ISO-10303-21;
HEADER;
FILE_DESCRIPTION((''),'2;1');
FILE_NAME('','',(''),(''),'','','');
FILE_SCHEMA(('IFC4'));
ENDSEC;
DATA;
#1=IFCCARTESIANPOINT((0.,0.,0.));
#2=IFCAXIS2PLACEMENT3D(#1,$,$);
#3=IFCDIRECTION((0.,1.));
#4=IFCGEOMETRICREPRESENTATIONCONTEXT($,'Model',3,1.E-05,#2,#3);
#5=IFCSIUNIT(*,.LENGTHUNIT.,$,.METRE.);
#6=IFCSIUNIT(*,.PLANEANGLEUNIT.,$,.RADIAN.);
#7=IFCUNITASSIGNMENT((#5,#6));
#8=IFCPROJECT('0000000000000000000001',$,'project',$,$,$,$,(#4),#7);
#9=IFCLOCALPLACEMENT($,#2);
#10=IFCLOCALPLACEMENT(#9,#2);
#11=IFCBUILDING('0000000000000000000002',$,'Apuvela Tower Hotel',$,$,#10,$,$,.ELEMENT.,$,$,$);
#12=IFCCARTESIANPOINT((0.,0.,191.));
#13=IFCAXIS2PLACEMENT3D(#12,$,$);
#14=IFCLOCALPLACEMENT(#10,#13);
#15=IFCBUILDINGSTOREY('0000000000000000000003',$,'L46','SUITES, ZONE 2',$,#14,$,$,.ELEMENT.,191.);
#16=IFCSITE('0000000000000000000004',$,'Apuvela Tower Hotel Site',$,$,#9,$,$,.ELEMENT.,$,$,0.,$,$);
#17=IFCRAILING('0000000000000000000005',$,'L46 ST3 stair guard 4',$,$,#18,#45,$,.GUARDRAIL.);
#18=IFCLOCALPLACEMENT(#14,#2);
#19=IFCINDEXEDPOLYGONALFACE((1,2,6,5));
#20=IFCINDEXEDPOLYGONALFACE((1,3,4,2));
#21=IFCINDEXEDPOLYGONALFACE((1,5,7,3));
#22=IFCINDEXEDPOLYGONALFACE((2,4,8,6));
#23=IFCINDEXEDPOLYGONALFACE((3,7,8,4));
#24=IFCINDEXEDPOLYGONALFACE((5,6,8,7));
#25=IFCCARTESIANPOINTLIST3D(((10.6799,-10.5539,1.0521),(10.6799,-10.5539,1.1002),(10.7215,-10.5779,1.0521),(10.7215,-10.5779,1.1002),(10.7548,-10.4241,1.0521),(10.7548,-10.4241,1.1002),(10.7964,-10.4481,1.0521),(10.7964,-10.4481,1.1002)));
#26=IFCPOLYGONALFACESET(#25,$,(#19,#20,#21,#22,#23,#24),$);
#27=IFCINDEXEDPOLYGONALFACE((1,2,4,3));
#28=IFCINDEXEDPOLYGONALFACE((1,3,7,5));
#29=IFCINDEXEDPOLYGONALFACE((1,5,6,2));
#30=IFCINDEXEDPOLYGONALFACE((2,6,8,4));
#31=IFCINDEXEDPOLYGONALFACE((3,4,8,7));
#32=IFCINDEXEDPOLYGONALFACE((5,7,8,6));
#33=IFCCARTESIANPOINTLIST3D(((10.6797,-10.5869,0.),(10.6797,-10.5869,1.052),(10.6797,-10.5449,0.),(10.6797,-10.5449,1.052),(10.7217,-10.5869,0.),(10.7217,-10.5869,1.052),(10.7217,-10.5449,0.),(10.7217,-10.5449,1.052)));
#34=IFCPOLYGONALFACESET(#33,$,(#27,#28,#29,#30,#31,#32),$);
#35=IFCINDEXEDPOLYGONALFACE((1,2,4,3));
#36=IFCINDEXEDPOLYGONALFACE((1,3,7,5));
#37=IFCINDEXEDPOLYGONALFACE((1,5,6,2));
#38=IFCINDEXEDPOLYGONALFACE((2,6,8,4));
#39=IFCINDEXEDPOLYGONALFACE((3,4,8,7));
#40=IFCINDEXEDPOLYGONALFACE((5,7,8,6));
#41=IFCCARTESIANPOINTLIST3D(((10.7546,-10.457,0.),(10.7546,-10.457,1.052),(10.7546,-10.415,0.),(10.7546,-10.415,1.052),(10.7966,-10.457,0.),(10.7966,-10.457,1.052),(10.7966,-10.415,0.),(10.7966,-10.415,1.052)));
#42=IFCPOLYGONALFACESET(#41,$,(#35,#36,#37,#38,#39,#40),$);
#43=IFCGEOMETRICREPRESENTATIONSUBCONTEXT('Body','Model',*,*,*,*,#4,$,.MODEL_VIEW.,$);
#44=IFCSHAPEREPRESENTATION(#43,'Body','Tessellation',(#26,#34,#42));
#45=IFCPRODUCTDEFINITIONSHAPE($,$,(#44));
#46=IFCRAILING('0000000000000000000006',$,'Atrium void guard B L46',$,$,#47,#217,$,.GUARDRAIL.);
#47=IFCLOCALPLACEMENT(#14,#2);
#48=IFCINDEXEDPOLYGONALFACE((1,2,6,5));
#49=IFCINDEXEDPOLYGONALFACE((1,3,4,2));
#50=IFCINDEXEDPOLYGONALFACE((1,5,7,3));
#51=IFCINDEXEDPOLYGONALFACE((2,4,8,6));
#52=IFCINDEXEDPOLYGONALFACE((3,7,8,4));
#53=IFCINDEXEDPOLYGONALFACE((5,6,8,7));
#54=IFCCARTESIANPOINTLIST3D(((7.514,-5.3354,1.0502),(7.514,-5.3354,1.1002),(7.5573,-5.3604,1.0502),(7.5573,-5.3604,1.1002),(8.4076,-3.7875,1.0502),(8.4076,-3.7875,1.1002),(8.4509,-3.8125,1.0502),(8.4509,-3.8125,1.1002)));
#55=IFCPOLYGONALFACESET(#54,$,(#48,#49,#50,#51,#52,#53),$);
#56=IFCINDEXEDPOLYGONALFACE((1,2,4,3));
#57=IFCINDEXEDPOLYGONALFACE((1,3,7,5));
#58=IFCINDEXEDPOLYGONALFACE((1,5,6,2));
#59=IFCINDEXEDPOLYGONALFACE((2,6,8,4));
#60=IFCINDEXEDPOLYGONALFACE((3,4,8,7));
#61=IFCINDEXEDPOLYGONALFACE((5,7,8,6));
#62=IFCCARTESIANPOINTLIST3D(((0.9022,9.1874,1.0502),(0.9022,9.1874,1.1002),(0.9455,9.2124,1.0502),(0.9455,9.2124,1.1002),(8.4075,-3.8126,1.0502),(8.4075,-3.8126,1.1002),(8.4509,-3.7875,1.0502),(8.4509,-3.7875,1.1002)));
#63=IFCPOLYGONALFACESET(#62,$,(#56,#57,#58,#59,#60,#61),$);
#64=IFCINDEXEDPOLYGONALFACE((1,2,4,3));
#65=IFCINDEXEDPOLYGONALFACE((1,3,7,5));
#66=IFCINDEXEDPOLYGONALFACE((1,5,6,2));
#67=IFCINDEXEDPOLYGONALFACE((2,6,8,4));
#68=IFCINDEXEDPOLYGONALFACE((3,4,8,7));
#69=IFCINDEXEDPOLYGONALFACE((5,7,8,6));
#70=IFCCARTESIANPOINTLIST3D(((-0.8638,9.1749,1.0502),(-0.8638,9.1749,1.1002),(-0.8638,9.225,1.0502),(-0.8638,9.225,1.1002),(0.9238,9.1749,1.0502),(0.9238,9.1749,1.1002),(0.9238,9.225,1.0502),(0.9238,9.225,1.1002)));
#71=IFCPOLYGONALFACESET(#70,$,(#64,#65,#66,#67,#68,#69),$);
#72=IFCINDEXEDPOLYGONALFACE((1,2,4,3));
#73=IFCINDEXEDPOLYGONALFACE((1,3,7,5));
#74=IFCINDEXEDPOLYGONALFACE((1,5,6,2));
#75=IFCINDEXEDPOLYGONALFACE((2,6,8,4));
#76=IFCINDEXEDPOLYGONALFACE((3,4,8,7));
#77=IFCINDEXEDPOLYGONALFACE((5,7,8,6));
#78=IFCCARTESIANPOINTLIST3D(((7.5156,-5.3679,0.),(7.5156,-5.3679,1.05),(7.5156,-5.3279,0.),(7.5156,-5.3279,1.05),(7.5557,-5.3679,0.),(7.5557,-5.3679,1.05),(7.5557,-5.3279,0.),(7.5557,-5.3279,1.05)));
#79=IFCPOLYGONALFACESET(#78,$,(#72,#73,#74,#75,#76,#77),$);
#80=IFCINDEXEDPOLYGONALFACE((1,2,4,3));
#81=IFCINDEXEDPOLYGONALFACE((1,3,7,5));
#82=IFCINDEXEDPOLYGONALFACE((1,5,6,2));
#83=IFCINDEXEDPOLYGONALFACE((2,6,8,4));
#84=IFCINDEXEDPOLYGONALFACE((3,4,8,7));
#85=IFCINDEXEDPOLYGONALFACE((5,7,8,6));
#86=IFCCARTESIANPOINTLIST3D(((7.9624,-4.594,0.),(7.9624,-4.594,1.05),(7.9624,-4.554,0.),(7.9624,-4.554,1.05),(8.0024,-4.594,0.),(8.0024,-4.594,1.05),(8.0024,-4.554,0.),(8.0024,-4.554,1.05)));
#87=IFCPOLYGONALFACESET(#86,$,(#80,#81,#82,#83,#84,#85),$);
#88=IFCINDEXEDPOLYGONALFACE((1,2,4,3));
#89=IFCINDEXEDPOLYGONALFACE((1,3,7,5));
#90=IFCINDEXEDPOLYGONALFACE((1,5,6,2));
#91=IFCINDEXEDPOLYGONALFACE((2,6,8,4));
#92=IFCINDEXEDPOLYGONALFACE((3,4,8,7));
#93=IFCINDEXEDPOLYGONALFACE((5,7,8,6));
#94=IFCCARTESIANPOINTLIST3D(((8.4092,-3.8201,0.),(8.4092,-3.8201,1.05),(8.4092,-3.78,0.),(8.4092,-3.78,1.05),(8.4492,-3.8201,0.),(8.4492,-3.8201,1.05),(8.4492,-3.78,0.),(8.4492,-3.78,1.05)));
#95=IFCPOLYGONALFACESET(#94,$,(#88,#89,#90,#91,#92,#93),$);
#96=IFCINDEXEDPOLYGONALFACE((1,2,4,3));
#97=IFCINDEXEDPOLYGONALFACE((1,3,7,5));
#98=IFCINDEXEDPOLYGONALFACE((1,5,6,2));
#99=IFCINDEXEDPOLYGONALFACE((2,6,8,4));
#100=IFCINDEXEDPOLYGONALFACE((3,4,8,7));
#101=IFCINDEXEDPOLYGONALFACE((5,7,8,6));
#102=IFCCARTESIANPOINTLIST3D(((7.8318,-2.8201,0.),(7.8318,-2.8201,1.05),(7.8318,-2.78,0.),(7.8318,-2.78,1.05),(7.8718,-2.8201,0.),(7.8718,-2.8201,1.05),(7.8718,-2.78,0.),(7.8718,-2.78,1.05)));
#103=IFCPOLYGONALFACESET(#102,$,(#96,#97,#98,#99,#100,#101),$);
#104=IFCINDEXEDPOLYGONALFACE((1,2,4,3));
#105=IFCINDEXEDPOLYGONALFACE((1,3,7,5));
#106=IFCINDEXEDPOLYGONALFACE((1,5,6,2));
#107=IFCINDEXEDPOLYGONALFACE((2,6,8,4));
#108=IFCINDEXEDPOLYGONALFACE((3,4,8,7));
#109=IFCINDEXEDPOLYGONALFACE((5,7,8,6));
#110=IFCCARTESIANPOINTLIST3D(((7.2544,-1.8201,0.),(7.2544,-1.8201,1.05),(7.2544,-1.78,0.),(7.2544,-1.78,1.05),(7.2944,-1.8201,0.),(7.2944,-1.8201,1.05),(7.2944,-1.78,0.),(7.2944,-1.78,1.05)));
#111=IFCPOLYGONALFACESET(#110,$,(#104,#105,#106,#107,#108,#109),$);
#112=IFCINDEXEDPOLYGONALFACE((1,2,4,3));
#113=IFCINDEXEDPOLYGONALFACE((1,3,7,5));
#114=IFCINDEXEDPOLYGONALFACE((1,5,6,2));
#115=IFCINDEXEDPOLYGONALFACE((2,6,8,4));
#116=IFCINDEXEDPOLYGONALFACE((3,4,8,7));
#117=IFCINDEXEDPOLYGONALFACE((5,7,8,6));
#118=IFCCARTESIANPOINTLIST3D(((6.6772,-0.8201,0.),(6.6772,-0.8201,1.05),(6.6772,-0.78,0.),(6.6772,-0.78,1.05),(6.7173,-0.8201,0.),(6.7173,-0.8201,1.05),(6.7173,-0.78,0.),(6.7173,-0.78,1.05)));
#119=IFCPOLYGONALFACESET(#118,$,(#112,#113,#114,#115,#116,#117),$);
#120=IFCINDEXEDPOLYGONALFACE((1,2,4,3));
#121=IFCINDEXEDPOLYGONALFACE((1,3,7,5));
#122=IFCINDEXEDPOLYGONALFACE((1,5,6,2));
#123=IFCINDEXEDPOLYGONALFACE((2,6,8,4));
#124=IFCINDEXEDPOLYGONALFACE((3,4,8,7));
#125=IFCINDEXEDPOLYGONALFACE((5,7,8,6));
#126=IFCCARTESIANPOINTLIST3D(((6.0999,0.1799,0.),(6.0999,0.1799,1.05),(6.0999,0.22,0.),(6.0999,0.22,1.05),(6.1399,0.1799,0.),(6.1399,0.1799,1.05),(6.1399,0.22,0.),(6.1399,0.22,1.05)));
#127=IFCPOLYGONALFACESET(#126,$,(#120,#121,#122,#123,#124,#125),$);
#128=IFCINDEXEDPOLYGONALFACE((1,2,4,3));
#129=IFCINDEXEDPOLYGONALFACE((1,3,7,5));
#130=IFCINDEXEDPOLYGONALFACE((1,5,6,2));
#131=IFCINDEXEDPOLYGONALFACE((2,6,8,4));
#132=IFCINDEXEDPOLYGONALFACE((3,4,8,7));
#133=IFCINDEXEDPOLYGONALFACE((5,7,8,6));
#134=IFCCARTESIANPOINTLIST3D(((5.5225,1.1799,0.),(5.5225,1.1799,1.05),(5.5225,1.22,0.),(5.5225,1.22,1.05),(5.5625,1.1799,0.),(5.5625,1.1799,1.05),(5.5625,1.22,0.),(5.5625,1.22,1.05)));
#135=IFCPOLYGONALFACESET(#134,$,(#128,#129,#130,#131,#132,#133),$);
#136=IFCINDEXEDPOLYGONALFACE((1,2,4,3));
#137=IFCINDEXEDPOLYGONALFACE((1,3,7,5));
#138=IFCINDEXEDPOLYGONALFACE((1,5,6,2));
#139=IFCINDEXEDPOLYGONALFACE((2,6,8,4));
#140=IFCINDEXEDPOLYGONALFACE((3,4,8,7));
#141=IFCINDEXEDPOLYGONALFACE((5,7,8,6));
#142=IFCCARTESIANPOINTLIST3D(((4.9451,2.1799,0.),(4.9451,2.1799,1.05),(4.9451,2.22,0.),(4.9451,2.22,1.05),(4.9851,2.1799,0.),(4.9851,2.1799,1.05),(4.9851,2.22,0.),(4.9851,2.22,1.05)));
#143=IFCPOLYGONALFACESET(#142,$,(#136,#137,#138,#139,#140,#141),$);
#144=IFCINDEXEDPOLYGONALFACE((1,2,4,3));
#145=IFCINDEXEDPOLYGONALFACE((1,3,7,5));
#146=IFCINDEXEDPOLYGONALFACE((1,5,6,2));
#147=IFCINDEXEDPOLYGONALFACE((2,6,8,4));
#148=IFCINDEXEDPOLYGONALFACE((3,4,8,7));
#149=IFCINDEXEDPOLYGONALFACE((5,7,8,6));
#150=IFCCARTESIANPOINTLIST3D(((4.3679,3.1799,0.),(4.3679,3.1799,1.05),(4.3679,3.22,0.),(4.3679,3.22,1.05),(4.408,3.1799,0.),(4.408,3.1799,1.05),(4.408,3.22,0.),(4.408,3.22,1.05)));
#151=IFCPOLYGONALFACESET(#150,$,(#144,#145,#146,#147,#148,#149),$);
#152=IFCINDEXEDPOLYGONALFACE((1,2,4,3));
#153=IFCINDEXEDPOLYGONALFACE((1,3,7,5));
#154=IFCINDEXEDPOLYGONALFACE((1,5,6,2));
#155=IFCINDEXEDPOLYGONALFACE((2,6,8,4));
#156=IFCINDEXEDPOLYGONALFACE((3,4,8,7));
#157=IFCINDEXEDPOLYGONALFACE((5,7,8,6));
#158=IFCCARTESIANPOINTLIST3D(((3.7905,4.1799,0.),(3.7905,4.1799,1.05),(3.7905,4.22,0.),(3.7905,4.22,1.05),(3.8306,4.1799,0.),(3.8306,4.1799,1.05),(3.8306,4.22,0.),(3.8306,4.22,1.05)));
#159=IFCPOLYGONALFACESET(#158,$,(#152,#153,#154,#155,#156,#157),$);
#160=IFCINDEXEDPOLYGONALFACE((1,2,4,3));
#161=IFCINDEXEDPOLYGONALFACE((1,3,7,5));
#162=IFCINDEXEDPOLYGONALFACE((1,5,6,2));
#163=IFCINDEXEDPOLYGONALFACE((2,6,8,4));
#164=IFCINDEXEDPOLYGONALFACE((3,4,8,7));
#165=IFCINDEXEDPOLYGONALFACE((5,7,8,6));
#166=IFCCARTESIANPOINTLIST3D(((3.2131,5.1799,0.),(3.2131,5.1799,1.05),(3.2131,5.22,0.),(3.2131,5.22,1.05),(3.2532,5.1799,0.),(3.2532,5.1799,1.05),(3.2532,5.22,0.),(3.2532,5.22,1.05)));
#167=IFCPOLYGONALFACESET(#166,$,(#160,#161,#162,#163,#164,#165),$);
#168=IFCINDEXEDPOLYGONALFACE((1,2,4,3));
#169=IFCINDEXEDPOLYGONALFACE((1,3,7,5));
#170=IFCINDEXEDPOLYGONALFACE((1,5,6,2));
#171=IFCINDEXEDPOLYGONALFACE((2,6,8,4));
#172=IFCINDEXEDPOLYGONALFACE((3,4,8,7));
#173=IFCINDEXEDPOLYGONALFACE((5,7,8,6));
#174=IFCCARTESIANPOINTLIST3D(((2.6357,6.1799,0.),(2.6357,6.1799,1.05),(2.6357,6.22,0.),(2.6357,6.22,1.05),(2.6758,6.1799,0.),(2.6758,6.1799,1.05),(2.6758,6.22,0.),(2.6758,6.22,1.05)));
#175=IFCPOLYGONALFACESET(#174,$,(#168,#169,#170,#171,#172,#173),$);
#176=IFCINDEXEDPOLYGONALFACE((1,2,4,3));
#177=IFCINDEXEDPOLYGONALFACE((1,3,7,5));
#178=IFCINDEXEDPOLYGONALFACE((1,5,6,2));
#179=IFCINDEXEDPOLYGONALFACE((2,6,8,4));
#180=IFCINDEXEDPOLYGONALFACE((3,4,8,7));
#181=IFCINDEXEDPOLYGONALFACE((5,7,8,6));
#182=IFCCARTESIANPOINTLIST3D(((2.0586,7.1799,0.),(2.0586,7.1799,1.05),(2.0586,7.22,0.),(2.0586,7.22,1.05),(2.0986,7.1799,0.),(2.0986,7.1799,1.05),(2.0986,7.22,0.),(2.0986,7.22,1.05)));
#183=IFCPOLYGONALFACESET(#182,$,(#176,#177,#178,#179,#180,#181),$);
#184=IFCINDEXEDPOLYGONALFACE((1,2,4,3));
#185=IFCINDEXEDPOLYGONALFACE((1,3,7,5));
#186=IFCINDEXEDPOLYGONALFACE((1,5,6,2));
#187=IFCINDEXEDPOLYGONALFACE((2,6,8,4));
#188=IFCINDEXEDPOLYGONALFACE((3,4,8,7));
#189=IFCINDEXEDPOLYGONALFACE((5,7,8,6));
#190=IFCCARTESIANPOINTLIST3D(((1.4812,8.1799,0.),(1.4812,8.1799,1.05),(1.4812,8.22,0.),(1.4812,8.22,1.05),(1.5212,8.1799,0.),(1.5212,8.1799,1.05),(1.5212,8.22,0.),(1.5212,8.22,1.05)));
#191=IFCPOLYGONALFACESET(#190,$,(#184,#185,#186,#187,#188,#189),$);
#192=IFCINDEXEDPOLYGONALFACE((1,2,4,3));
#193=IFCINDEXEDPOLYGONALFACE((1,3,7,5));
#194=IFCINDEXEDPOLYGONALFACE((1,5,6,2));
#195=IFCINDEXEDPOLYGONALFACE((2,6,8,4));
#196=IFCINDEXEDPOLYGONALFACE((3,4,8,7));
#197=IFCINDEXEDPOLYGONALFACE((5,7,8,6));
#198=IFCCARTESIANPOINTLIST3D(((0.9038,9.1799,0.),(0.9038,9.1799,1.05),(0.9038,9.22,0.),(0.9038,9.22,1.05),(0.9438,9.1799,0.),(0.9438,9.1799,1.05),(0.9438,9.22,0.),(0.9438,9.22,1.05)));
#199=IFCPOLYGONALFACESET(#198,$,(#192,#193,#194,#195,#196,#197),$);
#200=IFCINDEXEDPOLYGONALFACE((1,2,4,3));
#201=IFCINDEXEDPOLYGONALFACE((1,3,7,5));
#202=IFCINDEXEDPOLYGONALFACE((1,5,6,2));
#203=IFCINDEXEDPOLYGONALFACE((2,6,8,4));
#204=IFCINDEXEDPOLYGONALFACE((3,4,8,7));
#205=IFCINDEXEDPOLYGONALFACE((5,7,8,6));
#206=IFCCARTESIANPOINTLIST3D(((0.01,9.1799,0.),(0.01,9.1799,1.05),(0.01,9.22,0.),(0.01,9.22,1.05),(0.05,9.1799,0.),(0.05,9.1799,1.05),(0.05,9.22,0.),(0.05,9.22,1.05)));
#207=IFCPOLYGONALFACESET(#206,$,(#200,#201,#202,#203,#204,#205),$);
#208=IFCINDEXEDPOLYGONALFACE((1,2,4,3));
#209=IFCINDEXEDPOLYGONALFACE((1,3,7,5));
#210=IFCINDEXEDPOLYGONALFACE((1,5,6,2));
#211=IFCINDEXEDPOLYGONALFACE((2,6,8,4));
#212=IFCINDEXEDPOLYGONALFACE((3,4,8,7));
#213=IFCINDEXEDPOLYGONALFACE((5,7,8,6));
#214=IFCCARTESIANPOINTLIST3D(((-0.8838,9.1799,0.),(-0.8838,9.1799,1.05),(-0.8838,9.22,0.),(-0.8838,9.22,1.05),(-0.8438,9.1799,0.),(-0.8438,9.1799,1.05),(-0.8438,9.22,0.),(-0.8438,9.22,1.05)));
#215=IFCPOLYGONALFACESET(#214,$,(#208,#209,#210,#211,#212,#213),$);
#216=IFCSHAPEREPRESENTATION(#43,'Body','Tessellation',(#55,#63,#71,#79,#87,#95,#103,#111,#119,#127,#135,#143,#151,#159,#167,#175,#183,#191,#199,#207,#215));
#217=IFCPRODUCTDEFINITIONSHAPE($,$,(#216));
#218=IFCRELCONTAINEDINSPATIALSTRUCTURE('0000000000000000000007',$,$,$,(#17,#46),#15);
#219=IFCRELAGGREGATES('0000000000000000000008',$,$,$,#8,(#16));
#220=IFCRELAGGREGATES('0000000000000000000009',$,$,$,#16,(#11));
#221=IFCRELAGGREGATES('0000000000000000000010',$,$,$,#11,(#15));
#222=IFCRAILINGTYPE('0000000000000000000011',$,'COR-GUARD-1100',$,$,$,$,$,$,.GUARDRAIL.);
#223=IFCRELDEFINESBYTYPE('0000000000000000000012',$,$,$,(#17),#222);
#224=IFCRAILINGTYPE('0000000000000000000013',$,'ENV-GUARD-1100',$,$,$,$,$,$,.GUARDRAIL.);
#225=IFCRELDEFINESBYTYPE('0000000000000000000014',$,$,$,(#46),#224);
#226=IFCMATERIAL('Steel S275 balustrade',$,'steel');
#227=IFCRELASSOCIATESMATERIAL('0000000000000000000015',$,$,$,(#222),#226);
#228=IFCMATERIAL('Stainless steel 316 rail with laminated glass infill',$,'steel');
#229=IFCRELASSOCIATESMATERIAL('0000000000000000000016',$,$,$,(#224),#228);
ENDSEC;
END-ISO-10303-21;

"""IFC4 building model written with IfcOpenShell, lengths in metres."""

from ifc_helpers import new_model, si_unit, direction, frame, origin, origin_2d, place, context, subcontext, project, spatial, rectangle, extrude, material, type_object, element, save


model = new_model("IFC4")

# Units and contexts
model_context = context("Model", 3, precision=1e-05, world=origin(), true_north=direction((0.0, 1.0)))
body_context = subcontext(model_context, "Body", "Model", "MODEL_VIEW")
ifc_project = project(units=[si_unit("LENGTHUNIT", "METRE"), si_unit("PLANEANGLEUNIT", "RADIAN")], contexts=[model_context])

# Site, building, storey
site_placement = place(None, origin())
site = spatial("IfcSite", under=ifc_project, at=site_placement, Name="Apuvela Tower Hotel Site", CompositionType="ELEMENT", RefElevation=0.0)
building_placement = place(site_placement, origin())
building = spatial("IfcBuilding", under=site, at=building_placement, Name="Apuvela Tower Hotel", CompositionType="ELEMENT")
storey_placement = place(building_placement, frame((0.0, 0.0, 191.0)))
storey = spatial("IfcBuildingStorey", under=building, at=storey_placement, Name="L46", Description="SUITES, ZONE 2", CompositionType="ELEMENT", Elevation=191.0)

# Railings
ifc_material_1 = material(Name="Steel S275 balustrade", Category="steel")
railing_type_1 = type_object("IfcRailingType", Name="COR-GUARD-1100", PredefinedType="GUARDRAIL", material=ifc_material_1)
railing_1_placement = place(storey_placement, frame((10.7007, -10.5659, 0.0)))
element("IfcRailing", 1, at=railing_1_placement, inside=storey, type_object=railing_type_1, Name="L46 ST3 stair guard 4", PredefinedType="GUARDRAIL", context=body_context, shape_type="SweptSolid", body=[
    extrude(rectangle(XDim=0.0481, YDim=0.0481, at=origin_2d()), frame((0.0, 0.0, 1.0762), z_axis=(0.499816, 0.866131, 0.0), x_axis=(-0.866131, 0.499816, 0.0)), (0.0, 0.0, 1.0), 0.1499),
    extrude(rectangle(XDim=0.042, YDim=0.042, at=origin_2d()), origin(), (0.0, 0.0, 1.0), 1.052),
    extrude(rectangle(XDim=0.042, YDim=0.042, at=origin_2d()), frame((0.075, 0.1299, 0.0)), (0.0, 0.0, 1.0), 1.052),
])
ifc_material_2 = material(Name="Stainless steel 316 rail with laminated glass infill", Category="steel")
railing_type_2 = type_object("IfcRailingType", Name="ENV-GUARD-1100", PredefinedType="GUARDRAIL", material=ifc_material_2)
railing_2_placement = place(storey_placement, frame((7.5356, -5.3479, 0.0)))
element("IfcRailing", 2, at=railing_2_placement, inside=storey, type_object=railing_type_2, Name="Atrium void guard B L46", PredefinedType="GUARDRAIL", context=body_context, shape_type="SweptSolid", body=[
    extrude(rectangle(XDim=0.05, YDim=0.05, at=origin_2d()), frame((0.0, 0.0, 1.0752), z_axis=(0.499959, 0.866049, 0.0), x_axis=(-0.866049, 0.499959, 0.0)), (0.0, 0.0, 1.0), 1.7874),
    extrude(rectangle(XDim=0.05, YDim=0.05, at=origin_2d()), frame((0.8936, 1.5479, 1.0752), z_axis=(-0.499991, 0.866031, 0.0), x_axis=(-0.866031, -0.499991, 0.0)), (0.0, 0.0, 1.0), 15.011),
    extrude(rectangle(XDim=0.05, YDim=0.05, at=origin_2d()), frame((-6.6118, 14.5479, 1.0752), z_axis=(-1.0, 0.0, 0.0), x_axis=(0.0, -1.0, 0.0)), (0.0, 0.0, 1.0), 1.7876),
    extrude(rectangle(XDim=0.04, YDim=0.04, at=origin_2d()), origin(), (0.0, 0.0, 1.0), 1.05),
    extrude(rectangle(XDim=0.04, YDim=0.04, at=origin_2d()), frame((0.4468, 0.7739, 0.0)), (0.0, 0.0, 1.0), 1.05),
    extrude(rectangle(XDim=0.04, YDim=0.04, at=origin_2d()), frame((0.8936, 1.5479, 0.0)), (0.0, 0.0, 1.0), 1.05),
    extrude(rectangle(XDim=0.04, YDim=0.04, at=origin_2d()), frame((0.3162, 2.5479, 0.0)), (0.0, 0.0, 1.0), 1.05),
    extrude(rectangle(XDim=0.04, YDim=0.04, at=origin_2d()), frame((-0.2612, 3.5479, 0.0)), (0.0, 0.0, 1.0), 1.05),
    extrude(rectangle(XDim=0.04, YDim=0.04, at=origin_2d()), frame((-0.8384, 4.5479, 0.0)), (0.0, 0.0, 1.0), 1.05),
    extrude(rectangle(XDim=0.04, YDim=0.04, at=origin_2d()), frame((-1.4158, 5.5479, 0.0)), (0.0, 0.0, 1.0), 1.05),
    extrude(rectangle(XDim=0.04, YDim=0.04, at=origin_2d()), frame((-1.9932, 6.5479, 0.0)), (0.0, 0.0, 1.0), 1.05),
    extrude(rectangle(XDim=0.04, YDim=0.04, at=origin_2d()), frame((-2.5706, 7.5479, 0.0)), (0.0, 0.0, 1.0), 1.05),
    extrude(rectangle(XDim=0.04, YDim=0.04, at=origin_2d()), frame((-3.1477, 8.5479, 0.0)), (0.0, 0.0, 1.0), 1.05),
    extrude(rectangle(XDim=0.04, YDim=0.04, at=origin_2d()), frame((-3.7251, 9.5479, 0.0)), (0.0, 0.0, 1.0), 1.05),
    extrude(rectangle(XDim=0.04, YDim=0.04, at=origin_2d()), frame((-4.3025, 10.5479, 0.0)), (0.0, 0.0, 1.0), 1.05),
    extrude(rectangle(XDim=0.04, YDim=0.04, at=origin_2d()), frame((-4.8799, 11.5479, 0.0)), (0.0, 0.0, 1.0), 1.05),
    extrude(rectangle(XDim=0.04, YDim=0.04, at=origin_2d()), frame((-5.457, 12.5479, 0.0)), (0.0, 0.0, 1.0), 1.05),
    extrude(rectangle(XDim=0.04, YDim=0.04, at=origin_2d()), frame((-6.0344, 13.5479, 0.0)), (0.0, 0.0, 1.0), 1.05),
    extrude(rectangle(XDim=0.04, YDim=0.04, at=origin_2d()), frame((-6.6118, 14.5479, 0.0)), (0.0, 0.0, 1.0), 1.05),
    extrude(rectangle(XDim=0.04, YDim=0.04, at=origin_2d()), frame((-7.5056, 14.5479, 0.0)), (0.0, 0.0, 1.0), 1.05),
    extrude(rectangle(XDim=0.04, YDim=0.04, at=origin_2d()), frame((-8.3994, 14.5479, 0.0)), (0.0, 0.0, 1.0), 1.05),
])

save(model, "model.ifc")
